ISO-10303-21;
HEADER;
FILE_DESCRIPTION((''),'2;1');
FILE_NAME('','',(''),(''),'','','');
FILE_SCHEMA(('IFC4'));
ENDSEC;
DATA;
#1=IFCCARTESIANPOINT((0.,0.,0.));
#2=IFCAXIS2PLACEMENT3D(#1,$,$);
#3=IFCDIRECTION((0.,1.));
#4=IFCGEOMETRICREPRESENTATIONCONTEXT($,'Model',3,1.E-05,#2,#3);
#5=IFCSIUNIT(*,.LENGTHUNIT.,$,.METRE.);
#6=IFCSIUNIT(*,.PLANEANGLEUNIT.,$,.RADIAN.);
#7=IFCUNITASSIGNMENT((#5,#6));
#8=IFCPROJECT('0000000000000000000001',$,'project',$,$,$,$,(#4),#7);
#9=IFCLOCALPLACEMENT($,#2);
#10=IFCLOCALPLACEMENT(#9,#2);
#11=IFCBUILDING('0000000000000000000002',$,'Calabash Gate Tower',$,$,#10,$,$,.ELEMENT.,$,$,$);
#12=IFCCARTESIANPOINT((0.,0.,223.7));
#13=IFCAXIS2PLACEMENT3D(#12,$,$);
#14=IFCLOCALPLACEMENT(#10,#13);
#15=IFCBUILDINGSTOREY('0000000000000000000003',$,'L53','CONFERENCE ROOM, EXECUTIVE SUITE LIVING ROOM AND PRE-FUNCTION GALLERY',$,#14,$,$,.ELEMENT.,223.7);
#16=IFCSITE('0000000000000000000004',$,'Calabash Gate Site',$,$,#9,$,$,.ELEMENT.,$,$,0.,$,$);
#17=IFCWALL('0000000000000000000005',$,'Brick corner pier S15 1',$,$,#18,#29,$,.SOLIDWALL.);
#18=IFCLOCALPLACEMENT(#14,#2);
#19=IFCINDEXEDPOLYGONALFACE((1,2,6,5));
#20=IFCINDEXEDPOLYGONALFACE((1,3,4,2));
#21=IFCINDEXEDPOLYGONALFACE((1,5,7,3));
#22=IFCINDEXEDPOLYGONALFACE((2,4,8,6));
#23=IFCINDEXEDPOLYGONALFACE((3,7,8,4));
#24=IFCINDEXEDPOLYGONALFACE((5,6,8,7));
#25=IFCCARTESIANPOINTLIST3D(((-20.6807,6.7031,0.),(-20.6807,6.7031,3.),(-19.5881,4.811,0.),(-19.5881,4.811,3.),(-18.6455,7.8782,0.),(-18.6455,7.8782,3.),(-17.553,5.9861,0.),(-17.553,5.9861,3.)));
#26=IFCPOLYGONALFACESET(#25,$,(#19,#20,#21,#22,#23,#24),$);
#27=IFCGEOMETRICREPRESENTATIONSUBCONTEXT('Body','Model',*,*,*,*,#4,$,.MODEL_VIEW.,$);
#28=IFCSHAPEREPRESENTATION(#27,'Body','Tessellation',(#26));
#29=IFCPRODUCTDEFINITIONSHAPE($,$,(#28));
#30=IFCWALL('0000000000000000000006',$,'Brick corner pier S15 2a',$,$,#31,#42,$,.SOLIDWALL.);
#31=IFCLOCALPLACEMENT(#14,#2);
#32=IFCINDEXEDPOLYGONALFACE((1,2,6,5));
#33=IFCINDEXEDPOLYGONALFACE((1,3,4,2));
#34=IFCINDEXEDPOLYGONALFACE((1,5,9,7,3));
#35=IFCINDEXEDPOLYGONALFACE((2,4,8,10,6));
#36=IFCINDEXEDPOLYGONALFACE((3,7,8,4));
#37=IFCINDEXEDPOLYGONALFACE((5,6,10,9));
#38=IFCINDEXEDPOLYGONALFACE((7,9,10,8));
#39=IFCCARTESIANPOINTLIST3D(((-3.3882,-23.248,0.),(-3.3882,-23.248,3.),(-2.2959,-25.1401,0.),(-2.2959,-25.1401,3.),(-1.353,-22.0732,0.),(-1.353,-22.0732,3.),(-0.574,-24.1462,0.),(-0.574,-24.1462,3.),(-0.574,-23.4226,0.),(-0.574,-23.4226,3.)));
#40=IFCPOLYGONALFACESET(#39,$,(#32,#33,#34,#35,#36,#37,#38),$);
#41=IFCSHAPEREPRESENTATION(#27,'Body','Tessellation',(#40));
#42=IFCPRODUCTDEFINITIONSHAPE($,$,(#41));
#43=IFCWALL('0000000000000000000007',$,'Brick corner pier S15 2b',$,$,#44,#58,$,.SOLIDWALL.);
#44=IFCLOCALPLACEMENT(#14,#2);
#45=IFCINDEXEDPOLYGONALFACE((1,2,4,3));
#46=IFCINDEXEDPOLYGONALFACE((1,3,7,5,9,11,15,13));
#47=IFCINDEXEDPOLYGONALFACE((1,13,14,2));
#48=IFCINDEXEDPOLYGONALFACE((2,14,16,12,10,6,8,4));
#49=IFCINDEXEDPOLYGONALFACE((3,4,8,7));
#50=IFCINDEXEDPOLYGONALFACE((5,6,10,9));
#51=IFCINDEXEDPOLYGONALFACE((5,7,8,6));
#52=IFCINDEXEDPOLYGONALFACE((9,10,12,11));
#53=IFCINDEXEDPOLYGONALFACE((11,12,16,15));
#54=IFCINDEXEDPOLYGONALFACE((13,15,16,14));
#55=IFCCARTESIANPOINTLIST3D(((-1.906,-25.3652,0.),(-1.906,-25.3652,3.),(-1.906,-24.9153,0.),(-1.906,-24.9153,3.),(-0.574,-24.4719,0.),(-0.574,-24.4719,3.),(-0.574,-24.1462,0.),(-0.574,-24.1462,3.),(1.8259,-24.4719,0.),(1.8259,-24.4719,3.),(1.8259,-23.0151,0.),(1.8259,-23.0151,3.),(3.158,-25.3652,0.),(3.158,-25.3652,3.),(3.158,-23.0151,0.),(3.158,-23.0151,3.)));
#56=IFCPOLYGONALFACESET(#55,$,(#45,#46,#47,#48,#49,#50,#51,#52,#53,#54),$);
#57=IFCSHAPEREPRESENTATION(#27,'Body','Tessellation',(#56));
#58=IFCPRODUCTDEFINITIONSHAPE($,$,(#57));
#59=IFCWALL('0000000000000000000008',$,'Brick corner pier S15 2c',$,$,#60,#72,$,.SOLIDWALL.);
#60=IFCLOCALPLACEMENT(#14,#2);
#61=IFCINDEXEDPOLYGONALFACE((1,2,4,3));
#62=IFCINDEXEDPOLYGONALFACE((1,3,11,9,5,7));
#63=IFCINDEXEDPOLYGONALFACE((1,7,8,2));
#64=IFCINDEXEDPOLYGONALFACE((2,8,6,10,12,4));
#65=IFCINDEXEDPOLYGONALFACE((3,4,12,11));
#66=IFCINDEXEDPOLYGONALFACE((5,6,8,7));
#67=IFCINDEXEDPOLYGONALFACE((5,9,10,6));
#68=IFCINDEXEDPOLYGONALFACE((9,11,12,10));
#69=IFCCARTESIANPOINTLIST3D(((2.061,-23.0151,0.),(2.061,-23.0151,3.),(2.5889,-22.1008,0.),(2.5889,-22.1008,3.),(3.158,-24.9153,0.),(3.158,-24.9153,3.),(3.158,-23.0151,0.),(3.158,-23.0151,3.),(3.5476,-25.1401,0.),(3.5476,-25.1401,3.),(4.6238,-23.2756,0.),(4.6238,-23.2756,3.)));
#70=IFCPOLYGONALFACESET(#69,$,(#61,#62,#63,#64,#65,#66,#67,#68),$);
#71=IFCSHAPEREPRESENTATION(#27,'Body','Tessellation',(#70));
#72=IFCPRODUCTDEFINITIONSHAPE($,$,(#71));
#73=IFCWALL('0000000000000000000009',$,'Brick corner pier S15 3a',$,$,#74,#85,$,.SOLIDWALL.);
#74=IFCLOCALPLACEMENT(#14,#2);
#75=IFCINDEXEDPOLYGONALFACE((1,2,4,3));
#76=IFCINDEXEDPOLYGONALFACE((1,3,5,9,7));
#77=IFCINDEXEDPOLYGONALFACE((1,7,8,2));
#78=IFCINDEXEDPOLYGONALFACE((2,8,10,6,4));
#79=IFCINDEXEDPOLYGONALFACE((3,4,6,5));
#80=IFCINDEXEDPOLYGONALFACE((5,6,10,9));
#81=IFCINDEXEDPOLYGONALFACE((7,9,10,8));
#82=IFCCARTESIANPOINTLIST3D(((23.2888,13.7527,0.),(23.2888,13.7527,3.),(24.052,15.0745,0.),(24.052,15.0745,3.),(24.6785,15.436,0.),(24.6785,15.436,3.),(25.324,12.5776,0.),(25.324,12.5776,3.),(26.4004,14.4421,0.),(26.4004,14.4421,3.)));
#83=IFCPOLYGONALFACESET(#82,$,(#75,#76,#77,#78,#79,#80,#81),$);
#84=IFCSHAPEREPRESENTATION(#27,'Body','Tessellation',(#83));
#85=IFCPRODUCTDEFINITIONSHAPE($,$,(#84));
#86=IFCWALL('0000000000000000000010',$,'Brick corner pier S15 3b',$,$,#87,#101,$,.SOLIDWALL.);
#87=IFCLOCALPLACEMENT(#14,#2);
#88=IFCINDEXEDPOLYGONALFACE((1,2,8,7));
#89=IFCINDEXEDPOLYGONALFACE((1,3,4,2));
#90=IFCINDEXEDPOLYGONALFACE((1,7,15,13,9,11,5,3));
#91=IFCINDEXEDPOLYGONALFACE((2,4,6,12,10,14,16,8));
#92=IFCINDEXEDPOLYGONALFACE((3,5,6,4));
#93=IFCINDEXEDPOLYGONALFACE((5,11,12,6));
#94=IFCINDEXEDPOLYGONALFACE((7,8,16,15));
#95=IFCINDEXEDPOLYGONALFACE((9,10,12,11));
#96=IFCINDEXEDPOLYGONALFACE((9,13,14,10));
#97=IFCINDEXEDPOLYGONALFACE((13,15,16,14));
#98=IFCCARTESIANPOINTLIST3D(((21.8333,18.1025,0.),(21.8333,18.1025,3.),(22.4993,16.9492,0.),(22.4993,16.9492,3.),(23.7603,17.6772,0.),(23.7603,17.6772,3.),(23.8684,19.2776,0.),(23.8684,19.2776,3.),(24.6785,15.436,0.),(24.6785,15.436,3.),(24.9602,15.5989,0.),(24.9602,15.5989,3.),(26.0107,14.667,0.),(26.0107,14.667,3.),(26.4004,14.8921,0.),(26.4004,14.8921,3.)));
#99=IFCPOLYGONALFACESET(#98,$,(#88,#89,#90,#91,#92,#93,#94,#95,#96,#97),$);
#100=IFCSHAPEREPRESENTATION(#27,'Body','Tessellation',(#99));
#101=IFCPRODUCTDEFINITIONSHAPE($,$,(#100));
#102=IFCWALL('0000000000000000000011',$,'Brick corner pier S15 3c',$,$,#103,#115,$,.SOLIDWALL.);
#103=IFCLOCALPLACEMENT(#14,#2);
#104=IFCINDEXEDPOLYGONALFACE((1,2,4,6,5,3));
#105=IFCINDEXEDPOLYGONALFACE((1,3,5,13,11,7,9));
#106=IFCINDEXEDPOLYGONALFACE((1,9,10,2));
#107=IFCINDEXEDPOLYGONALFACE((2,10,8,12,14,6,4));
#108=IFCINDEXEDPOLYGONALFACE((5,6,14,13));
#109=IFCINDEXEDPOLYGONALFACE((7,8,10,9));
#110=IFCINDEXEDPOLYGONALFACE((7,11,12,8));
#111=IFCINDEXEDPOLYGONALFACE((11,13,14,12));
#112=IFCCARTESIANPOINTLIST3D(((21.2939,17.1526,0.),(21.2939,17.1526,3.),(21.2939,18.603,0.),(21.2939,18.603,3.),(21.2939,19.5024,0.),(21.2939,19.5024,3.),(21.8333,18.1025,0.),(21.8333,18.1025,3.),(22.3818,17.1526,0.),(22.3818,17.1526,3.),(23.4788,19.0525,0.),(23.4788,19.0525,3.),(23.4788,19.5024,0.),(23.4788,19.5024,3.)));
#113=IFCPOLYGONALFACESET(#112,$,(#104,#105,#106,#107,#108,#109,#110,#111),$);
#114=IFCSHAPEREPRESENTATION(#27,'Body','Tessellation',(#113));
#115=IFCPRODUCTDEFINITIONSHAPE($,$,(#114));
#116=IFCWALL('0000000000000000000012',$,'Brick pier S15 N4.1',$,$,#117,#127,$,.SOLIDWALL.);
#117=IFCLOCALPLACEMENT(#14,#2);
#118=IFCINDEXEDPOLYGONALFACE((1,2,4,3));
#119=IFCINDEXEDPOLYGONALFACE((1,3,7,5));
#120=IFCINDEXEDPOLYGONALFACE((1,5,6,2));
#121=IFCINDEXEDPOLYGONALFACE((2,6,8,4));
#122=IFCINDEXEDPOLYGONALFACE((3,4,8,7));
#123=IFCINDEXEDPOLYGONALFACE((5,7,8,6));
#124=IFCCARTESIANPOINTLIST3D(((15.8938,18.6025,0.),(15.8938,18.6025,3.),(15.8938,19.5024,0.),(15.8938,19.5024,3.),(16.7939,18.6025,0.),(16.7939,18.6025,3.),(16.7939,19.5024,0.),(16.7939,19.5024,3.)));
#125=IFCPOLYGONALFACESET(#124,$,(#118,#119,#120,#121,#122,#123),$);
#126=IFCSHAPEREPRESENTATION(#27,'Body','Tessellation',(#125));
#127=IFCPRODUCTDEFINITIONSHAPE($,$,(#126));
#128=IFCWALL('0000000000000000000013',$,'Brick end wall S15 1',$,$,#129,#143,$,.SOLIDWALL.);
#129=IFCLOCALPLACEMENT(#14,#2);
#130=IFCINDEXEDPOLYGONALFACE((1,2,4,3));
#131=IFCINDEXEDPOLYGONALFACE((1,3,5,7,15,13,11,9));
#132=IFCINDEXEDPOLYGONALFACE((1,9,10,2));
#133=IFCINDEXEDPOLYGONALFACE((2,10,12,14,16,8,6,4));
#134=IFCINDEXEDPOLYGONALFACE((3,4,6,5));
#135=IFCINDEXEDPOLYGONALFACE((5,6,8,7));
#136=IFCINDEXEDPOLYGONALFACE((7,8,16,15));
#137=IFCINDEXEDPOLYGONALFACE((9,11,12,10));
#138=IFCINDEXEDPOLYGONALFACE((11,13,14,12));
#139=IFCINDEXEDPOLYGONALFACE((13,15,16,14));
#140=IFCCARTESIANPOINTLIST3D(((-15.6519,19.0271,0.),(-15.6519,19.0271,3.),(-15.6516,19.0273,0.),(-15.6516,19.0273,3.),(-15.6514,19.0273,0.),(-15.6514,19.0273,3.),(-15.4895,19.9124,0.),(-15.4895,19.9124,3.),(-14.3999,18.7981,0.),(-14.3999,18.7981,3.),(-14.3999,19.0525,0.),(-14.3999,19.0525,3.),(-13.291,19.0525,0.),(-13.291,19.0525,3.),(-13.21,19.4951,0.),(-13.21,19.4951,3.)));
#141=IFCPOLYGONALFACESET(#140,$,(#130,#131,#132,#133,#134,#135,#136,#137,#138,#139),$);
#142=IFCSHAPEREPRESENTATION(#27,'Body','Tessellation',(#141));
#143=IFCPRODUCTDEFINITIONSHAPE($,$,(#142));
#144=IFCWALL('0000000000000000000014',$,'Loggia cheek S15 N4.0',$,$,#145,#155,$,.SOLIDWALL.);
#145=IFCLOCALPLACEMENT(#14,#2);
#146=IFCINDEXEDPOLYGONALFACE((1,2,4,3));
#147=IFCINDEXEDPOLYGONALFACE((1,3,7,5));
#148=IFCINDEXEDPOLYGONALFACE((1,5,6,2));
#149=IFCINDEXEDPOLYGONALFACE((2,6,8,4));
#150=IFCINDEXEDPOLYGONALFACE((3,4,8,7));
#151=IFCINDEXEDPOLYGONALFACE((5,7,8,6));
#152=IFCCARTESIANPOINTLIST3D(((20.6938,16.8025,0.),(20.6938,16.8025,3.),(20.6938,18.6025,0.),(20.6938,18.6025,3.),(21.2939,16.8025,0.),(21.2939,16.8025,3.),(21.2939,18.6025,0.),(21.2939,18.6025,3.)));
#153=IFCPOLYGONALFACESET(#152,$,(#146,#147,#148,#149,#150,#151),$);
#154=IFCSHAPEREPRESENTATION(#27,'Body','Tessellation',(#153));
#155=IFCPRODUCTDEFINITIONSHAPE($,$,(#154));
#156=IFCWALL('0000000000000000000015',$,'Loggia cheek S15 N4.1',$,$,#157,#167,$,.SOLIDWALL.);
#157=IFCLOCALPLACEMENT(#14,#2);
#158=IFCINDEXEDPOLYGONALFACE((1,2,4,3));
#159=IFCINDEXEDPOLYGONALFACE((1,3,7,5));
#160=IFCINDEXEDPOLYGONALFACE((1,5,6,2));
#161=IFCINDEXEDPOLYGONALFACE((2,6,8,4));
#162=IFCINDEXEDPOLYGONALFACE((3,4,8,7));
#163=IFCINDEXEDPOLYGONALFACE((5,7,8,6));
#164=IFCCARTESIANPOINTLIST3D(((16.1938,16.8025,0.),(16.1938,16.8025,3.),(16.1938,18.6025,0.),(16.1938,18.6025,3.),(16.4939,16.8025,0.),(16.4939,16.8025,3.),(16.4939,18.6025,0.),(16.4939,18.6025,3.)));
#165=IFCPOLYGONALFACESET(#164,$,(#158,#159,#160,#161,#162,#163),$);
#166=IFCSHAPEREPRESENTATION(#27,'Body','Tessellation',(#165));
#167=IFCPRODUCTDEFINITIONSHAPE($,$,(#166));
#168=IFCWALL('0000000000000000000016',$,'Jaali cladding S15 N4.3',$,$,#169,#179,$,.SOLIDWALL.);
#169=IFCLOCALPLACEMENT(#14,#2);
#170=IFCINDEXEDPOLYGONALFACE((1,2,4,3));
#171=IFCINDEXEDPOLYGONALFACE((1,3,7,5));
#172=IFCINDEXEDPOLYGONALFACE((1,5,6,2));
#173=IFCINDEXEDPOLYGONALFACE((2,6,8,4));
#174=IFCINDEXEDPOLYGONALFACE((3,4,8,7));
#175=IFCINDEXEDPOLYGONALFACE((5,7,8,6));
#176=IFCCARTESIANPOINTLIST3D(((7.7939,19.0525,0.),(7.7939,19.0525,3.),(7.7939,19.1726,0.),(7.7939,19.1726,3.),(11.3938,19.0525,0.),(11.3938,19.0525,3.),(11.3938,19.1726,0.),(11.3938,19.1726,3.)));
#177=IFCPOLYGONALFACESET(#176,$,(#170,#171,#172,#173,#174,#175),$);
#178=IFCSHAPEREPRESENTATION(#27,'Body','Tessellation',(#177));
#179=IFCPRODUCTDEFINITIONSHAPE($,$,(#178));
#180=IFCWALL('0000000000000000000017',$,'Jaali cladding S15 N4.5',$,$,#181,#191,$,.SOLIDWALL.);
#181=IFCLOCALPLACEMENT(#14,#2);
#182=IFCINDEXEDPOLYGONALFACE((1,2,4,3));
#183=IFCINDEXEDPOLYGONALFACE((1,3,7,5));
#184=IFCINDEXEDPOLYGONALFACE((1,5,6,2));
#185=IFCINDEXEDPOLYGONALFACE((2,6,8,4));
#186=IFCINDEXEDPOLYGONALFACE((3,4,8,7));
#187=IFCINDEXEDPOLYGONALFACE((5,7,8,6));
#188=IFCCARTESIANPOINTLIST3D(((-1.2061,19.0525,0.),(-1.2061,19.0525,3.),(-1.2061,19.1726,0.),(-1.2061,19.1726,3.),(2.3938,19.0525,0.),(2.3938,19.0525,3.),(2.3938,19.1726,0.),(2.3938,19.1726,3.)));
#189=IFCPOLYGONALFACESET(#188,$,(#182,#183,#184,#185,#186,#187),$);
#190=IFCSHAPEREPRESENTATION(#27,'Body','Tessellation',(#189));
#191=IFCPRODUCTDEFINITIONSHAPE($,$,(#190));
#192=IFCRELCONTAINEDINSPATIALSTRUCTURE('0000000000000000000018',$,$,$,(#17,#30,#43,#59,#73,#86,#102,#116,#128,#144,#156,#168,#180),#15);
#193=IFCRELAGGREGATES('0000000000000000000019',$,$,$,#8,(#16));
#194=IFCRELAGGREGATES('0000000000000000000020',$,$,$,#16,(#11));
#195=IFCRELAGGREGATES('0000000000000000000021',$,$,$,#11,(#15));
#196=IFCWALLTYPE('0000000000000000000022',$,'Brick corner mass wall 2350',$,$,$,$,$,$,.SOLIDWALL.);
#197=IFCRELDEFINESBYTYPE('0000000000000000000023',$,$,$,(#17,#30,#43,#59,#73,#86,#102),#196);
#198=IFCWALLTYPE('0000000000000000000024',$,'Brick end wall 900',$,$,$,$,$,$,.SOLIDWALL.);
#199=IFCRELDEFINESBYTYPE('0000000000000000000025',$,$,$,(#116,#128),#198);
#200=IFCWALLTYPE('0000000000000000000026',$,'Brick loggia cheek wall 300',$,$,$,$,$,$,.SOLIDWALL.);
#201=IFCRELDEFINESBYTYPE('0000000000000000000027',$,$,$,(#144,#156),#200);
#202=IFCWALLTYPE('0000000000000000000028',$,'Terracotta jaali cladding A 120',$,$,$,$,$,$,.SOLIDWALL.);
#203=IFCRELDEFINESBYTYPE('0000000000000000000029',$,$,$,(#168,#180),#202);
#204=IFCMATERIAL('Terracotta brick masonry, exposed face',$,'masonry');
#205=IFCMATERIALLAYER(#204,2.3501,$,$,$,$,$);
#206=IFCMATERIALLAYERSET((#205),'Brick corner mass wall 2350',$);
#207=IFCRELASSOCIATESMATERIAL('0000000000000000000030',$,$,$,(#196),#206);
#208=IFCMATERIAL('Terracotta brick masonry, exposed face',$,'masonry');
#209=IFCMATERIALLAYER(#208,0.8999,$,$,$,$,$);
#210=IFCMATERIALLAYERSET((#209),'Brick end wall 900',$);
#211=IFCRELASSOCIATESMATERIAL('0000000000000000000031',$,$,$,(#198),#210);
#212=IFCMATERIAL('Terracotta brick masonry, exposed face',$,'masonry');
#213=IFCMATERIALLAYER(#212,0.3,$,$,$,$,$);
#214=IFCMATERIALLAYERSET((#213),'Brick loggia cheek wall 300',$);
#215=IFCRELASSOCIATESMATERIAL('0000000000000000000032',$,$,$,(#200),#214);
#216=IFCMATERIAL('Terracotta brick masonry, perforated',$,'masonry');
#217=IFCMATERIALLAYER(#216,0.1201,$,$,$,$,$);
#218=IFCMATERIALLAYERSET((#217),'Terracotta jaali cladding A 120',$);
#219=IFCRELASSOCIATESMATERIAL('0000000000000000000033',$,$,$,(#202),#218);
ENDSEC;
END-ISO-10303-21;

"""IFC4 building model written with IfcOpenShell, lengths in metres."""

from ifc_helpers import new_model, si_unit, direction, frame, origin, place, context, subcontext, project, spatial, polyline, outline, extrude, material, layer, layer_set, type_object, element, save


model = new_model("IFC4")

# Units and contexts
model_context = context("Model", 3, precision=1e-05, world=origin(), true_north=direction((0.0, 1.0)))
body_context = subcontext(model_context, "Body", "Model", "MODEL_VIEW")
ifc_project = project(units=[si_unit("LENGTHUNIT", "METRE"), si_unit("PLANEANGLEUNIT", "RADIAN")], contexts=[model_context])

# Site, building, storey
site_placement = place(None, origin())
site = spatial("IfcSite", under=ifc_project, at=site_placement, Name="Calabash Gate Site", CompositionType="ELEMENT", RefElevation=0.0)
building_placement = place(site_placement, origin())
building = spatial("IfcBuilding", under=site, at=building_placement, Name="Calabash Gate Tower", CompositionType="ELEMENT")
storey_placement = place(building_placement, frame((0.0, 0.0, 223.7)))
storey = spatial("IfcBuildingStorey", under=building, at=storey_placement, Name="L53", Description="CONFERENCE ROOM, EXECUTIVE SUITE LIVING ROOM AND PRE-FUNCTION GALLERY", CompositionType="ELEMENT", Elevation=223.7)

# Walls
ifc_material_1 = material(Name="Terracotta brick masonry, exposed face", Category="masonry")
ifc_layer_1 = layer(ifc_material_1, 2.3501)
ifc_layer_set_1 = layer_set([ifc_layer_1], Name="Brick corner mass wall 2350")
wall_type_1 = type_object("IfcWallType", Name="Brick corner mass wall 2350", PredefinedType="SOLIDWALL", material=ifc_layer_set_1)
wall_1_placement = place(storey_placement, origin())
element("IfcWall", 1, at=wall_1_placement, inside=storey, type_object=wall_type_1, Name="Brick corner pier S15 1", PredefinedType="SOLIDWALL", context=body_context, shape_type="SweptSolid", body=[
    extrude(outline(polyline([(-19.5881, 4.811), (-17.553, 5.9861), (-18.6455, 7.8782), (-20.6807, 6.7031), (-19.5881, 4.811)])), origin(), (0.0, 0.0, 1.0), 3.0),
])
wall_2_placement = place(storey_placement, origin())
element("IfcWall", 2, at=wall_2_placement, inside=storey, type_object=wall_type_1, Name="Brick corner pier S15 2a", PredefinedType="SOLIDWALL", context=body_context, shape_type="SweptSolid", body=[
    extrude(outline(polyline([(-0.574, -23.4226), (-1.353, -22.0732), (-3.3882, -23.248), (-2.2959, -25.1401), (-0.574, -24.1462), (-0.574, -23.4226)])), origin(), (0.0, 0.0, 1.0), 3.0),
])
wall_3_placement = place(storey_placement, origin())
element("IfcWall", 3, at=wall_3_placement, inside=storey, type_object=wall_type_1, Name="Brick corner pier S15 2b", PredefinedType="SOLIDWALL", context=body_context, shape_type="SweptSolid", body=[
    extrude(outline(polyline([(1.8259, -24.4719), (-0.574, -24.4719), (-0.574, -24.1462), (-1.906, -24.9153), (-1.906, -25.3652), (3.158, -25.3652), (3.158, -23.0151), (1.8259, -23.0151), (1.8259, -24.4719)])), origin(), (0.0, 0.0, 1.0), 3.0),
])
wall_4_placement = place(storey_placement, origin())
element("IfcWall", 4, at=wall_4_placement, inside=storey, type_object=wall_type_1, Name="Brick corner pier S15 2c", PredefinedType="SOLIDWALL", context=body_context, shape_type="SweptSolid", body=[
    extrude(outline(polyline([(4.6238, -23.2756), (2.5889, -22.1008), (2.061, -23.0151), (3.158, -23.0151), (3.158, -24.9153), (3.5476, -25.1401), (4.6238, -23.2756)])), origin(), (0.0, 0.0, 1.0), 3.0),
])
wall_5_placement = place(storey_placement, origin())
element("IfcWall", 5, at=wall_5_placement, inside=storey, type_object=wall_type_1, Name="Brick corner pier S15 3a", PredefinedType="SOLIDWALL", context=body_context, shape_type="SweptSolid", body=[
    extrude(outline(polyline([(23.2888, 13.7527), (25.324, 12.5776), (26.4004, 14.4421), (24.6785, 15.436), (24.052, 15.0745), (23.2888, 13.7527)])), origin(), (0.0, 0.0, 1.0), 3.0),
])
wall_6_placement = place(storey_placement, origin())
element("IfcWall", 6, at=wall_6_placement, inside=storey, type_object=wall_type_1, Name="Brick corner pier S15 3b", PredefinedType="SOLIDWALL", context=body_context, shape_type="SweptSolid", body=[
    extrude(outline(polyline([(23.7603, 17.6772), (24.9602, 15.5989), (24.6785, 15.436), (26.0107, 14.667), (26.4004, 14.8921), (23.8684, 19.2776), (21.8333, 18.1025), (22.4993, 16.9492), (23.7603, 17.6772)])), origin(), (0.0, 0.0, 1.0), 3.0),
])
wall_7_placement = place(storey_placement, origin())
element("IfcWall", 7, at=wall_7_placement, inside=storey, type_object=wall_type_1, Name="Brick corner pier S15 3c", PredefinedType="SOLIDWALL", context=body_context, shape_type="SweptSolid", body=[
    extrude(outline(polyline([(21.2939, 18.603), (21.2939, 17.1526), (22.3818, 17.1526), (21.8333, 18.1025), (23.4788, 19.0525), (23.4788, 19.5024), (21.2939, 19.5024), (21.2939, 18.603), (21.2939, 18.603)])), origin(), (0.0, 0.0, 1.0), 3.0),
])
ifc_material_2 = material(Name="Terracotta brick masonry, exposed face", Category="masonry")
ifc_layer_2 = layer(ifc_material_2, 0.8999)
ifc_layer_set_2 = layer_set([ifc_layer_2], Name="Brick end wall 900")
wall_type_2 = type_object("IfcWallType", Name="Brick end wall 900", PredefinedType="SOLIDWALL", material=ifc_layer_set_2)
wall_8_placement = place(storey_placement, origin())
element("IfcWall", 8, at=wall_8_placement, inside=storey, type_object=wall_type_2, Name="Brick pier S15 N4.1", PredefinedType="SOLIDWALL", context=body_context, shape_type="SweptSolid", body=[
    extrude(outline(polyline([(16.7939, 19.5024), (15.8938, 19.5024), (15.8938, 18.6025), (16.7939, 18.6025), (16.7939, 19.5024)])), origin(), (0.0, 0.0, 1.0), 3.0),
])
wall_9_placement = place(storey_placement, origin())
element("IfcWall", 9, at=wall_9_placement, inside=storey, type_object=wall_type_2, Name="Brick end wall S15 1", PredefinedType="SOLIDWALL", context=body_context, shape_type="SweptSolid", body=[
    extrude(outline(polyline([(-15.6516, 19.0273), (-15.6519, 19.0271), (-14.3999, 18.7981), (-14.3999, 19.0525), (-13.291, 19.0525), (-13.21, 19.4951), (-15.4895, 19.9124), (-15.6514, 19.0273), (-15.6516, 19.0273)])), origin(), (0.0, 0.0, 1.0), 3.0),
])
ifc_material_3 = material(Name="Terracotta brick masonry, exposed face", Category="masonry")
ifc_layer_3 = layer(ifc_material_3, 0.3)
ifc_layer_set_3 = layer_set([ifc_layer_3], Name="Brick loggia cheek wall 300")
wall_type_3 = type_object("IfcWallType", Name="Brick loggia cheek wall 300", PredefinedType="SOLIDWALL", material=ifc_layer_set_3)
wall_10_placement = place(storey_placement, origin())
element("IfcWall", 10, at=wall_10_placement, inside=storey, type_object=wall_type_3, Name="Loggia cheek S15 N4.0", PredefinedType="SOLIDWALL", context=body_context, shape_type="SweptSolid", body=[
    extrude(outline(polyline([(21.2939, 16.8025), (21.2939, 18.6025), (20.6938, 18.6025), (20.6938, 16.8025), (21.2939, 16.8025)])), origin(), (0.0, 0.0, 1.0), 3.0),
])
wall_11_placement = place(storey_placement, origin())
element("IfcWall", 11, at=wall_11_placement, inside=storey, type_object=wall_type_3, Name="Loggia cheek S15 N4.1", PredefinedType="SOLIDWALL", context=body_context, shape_type="SweptSolid", body=[
    extrude(outline(polyline([(16.1938, 18.6025), (16.1938, 16.8025), (16.4939, 16.8025), (16.4939, 18.6025), (16.1938, 18.6025)])), origin(), (0.0, 0.0, 1.0), 3.0),
])
ifc_material_4 = material(Name="Terracotta brick masonry, perforated", Category="masonry")
ifc_layer_4 = layer(ifc_material_4, 0.1201)
ifc_layer_set_4 = layer_set([ifc_layer_4], Name="Terracotta jaali cladding A 120")
wall_type_4 = type_object("IfcWallType", Name="Terracotta jaali cladding A 120", PredefinedType="SOLIDWALL", material=ifc_layer_set_4)
wall_12_placement = place(storey_placement, origin())
element("IfcWall", 12, at=wall_12_placement, inside=storey, type_object=wall_type_4, Name="Jaali cladding S15 N4.3", PredefinedType="SOLIDWALL", context=body_context, shape_type="SweptSolid", body=[
    extrude(outline(polyline([(7.7939, 19.1726), (7.7939, 19.0525), (11.3938, 19.0525), (11.3938, 19.1726), (7.7939, 19.1726)])), origin(), (0.0, 0.0, 1.0), 3.0),
])
wall_13_placement = place(storey_placement, origin())
element("IfcWall", 13, at=wall_13_placement, inside=storey, type_object=wall_type_4, Name="Jaali cladding S15 N4.5", PredefinedType="SOLIDWALL", context=body_context, shape_type="SweptSolid", body=[
    extrude(outline(polyline([(-1.2061, 19.1726), (-1.2061, 19.0525), (2.3938, 19.0525), (2.3938, 19.1726), (-1.2061, 19.1726)])), origin(), (0.0, 0.0, 1.0), 3.0),
])

save(model, "model.ifc")
